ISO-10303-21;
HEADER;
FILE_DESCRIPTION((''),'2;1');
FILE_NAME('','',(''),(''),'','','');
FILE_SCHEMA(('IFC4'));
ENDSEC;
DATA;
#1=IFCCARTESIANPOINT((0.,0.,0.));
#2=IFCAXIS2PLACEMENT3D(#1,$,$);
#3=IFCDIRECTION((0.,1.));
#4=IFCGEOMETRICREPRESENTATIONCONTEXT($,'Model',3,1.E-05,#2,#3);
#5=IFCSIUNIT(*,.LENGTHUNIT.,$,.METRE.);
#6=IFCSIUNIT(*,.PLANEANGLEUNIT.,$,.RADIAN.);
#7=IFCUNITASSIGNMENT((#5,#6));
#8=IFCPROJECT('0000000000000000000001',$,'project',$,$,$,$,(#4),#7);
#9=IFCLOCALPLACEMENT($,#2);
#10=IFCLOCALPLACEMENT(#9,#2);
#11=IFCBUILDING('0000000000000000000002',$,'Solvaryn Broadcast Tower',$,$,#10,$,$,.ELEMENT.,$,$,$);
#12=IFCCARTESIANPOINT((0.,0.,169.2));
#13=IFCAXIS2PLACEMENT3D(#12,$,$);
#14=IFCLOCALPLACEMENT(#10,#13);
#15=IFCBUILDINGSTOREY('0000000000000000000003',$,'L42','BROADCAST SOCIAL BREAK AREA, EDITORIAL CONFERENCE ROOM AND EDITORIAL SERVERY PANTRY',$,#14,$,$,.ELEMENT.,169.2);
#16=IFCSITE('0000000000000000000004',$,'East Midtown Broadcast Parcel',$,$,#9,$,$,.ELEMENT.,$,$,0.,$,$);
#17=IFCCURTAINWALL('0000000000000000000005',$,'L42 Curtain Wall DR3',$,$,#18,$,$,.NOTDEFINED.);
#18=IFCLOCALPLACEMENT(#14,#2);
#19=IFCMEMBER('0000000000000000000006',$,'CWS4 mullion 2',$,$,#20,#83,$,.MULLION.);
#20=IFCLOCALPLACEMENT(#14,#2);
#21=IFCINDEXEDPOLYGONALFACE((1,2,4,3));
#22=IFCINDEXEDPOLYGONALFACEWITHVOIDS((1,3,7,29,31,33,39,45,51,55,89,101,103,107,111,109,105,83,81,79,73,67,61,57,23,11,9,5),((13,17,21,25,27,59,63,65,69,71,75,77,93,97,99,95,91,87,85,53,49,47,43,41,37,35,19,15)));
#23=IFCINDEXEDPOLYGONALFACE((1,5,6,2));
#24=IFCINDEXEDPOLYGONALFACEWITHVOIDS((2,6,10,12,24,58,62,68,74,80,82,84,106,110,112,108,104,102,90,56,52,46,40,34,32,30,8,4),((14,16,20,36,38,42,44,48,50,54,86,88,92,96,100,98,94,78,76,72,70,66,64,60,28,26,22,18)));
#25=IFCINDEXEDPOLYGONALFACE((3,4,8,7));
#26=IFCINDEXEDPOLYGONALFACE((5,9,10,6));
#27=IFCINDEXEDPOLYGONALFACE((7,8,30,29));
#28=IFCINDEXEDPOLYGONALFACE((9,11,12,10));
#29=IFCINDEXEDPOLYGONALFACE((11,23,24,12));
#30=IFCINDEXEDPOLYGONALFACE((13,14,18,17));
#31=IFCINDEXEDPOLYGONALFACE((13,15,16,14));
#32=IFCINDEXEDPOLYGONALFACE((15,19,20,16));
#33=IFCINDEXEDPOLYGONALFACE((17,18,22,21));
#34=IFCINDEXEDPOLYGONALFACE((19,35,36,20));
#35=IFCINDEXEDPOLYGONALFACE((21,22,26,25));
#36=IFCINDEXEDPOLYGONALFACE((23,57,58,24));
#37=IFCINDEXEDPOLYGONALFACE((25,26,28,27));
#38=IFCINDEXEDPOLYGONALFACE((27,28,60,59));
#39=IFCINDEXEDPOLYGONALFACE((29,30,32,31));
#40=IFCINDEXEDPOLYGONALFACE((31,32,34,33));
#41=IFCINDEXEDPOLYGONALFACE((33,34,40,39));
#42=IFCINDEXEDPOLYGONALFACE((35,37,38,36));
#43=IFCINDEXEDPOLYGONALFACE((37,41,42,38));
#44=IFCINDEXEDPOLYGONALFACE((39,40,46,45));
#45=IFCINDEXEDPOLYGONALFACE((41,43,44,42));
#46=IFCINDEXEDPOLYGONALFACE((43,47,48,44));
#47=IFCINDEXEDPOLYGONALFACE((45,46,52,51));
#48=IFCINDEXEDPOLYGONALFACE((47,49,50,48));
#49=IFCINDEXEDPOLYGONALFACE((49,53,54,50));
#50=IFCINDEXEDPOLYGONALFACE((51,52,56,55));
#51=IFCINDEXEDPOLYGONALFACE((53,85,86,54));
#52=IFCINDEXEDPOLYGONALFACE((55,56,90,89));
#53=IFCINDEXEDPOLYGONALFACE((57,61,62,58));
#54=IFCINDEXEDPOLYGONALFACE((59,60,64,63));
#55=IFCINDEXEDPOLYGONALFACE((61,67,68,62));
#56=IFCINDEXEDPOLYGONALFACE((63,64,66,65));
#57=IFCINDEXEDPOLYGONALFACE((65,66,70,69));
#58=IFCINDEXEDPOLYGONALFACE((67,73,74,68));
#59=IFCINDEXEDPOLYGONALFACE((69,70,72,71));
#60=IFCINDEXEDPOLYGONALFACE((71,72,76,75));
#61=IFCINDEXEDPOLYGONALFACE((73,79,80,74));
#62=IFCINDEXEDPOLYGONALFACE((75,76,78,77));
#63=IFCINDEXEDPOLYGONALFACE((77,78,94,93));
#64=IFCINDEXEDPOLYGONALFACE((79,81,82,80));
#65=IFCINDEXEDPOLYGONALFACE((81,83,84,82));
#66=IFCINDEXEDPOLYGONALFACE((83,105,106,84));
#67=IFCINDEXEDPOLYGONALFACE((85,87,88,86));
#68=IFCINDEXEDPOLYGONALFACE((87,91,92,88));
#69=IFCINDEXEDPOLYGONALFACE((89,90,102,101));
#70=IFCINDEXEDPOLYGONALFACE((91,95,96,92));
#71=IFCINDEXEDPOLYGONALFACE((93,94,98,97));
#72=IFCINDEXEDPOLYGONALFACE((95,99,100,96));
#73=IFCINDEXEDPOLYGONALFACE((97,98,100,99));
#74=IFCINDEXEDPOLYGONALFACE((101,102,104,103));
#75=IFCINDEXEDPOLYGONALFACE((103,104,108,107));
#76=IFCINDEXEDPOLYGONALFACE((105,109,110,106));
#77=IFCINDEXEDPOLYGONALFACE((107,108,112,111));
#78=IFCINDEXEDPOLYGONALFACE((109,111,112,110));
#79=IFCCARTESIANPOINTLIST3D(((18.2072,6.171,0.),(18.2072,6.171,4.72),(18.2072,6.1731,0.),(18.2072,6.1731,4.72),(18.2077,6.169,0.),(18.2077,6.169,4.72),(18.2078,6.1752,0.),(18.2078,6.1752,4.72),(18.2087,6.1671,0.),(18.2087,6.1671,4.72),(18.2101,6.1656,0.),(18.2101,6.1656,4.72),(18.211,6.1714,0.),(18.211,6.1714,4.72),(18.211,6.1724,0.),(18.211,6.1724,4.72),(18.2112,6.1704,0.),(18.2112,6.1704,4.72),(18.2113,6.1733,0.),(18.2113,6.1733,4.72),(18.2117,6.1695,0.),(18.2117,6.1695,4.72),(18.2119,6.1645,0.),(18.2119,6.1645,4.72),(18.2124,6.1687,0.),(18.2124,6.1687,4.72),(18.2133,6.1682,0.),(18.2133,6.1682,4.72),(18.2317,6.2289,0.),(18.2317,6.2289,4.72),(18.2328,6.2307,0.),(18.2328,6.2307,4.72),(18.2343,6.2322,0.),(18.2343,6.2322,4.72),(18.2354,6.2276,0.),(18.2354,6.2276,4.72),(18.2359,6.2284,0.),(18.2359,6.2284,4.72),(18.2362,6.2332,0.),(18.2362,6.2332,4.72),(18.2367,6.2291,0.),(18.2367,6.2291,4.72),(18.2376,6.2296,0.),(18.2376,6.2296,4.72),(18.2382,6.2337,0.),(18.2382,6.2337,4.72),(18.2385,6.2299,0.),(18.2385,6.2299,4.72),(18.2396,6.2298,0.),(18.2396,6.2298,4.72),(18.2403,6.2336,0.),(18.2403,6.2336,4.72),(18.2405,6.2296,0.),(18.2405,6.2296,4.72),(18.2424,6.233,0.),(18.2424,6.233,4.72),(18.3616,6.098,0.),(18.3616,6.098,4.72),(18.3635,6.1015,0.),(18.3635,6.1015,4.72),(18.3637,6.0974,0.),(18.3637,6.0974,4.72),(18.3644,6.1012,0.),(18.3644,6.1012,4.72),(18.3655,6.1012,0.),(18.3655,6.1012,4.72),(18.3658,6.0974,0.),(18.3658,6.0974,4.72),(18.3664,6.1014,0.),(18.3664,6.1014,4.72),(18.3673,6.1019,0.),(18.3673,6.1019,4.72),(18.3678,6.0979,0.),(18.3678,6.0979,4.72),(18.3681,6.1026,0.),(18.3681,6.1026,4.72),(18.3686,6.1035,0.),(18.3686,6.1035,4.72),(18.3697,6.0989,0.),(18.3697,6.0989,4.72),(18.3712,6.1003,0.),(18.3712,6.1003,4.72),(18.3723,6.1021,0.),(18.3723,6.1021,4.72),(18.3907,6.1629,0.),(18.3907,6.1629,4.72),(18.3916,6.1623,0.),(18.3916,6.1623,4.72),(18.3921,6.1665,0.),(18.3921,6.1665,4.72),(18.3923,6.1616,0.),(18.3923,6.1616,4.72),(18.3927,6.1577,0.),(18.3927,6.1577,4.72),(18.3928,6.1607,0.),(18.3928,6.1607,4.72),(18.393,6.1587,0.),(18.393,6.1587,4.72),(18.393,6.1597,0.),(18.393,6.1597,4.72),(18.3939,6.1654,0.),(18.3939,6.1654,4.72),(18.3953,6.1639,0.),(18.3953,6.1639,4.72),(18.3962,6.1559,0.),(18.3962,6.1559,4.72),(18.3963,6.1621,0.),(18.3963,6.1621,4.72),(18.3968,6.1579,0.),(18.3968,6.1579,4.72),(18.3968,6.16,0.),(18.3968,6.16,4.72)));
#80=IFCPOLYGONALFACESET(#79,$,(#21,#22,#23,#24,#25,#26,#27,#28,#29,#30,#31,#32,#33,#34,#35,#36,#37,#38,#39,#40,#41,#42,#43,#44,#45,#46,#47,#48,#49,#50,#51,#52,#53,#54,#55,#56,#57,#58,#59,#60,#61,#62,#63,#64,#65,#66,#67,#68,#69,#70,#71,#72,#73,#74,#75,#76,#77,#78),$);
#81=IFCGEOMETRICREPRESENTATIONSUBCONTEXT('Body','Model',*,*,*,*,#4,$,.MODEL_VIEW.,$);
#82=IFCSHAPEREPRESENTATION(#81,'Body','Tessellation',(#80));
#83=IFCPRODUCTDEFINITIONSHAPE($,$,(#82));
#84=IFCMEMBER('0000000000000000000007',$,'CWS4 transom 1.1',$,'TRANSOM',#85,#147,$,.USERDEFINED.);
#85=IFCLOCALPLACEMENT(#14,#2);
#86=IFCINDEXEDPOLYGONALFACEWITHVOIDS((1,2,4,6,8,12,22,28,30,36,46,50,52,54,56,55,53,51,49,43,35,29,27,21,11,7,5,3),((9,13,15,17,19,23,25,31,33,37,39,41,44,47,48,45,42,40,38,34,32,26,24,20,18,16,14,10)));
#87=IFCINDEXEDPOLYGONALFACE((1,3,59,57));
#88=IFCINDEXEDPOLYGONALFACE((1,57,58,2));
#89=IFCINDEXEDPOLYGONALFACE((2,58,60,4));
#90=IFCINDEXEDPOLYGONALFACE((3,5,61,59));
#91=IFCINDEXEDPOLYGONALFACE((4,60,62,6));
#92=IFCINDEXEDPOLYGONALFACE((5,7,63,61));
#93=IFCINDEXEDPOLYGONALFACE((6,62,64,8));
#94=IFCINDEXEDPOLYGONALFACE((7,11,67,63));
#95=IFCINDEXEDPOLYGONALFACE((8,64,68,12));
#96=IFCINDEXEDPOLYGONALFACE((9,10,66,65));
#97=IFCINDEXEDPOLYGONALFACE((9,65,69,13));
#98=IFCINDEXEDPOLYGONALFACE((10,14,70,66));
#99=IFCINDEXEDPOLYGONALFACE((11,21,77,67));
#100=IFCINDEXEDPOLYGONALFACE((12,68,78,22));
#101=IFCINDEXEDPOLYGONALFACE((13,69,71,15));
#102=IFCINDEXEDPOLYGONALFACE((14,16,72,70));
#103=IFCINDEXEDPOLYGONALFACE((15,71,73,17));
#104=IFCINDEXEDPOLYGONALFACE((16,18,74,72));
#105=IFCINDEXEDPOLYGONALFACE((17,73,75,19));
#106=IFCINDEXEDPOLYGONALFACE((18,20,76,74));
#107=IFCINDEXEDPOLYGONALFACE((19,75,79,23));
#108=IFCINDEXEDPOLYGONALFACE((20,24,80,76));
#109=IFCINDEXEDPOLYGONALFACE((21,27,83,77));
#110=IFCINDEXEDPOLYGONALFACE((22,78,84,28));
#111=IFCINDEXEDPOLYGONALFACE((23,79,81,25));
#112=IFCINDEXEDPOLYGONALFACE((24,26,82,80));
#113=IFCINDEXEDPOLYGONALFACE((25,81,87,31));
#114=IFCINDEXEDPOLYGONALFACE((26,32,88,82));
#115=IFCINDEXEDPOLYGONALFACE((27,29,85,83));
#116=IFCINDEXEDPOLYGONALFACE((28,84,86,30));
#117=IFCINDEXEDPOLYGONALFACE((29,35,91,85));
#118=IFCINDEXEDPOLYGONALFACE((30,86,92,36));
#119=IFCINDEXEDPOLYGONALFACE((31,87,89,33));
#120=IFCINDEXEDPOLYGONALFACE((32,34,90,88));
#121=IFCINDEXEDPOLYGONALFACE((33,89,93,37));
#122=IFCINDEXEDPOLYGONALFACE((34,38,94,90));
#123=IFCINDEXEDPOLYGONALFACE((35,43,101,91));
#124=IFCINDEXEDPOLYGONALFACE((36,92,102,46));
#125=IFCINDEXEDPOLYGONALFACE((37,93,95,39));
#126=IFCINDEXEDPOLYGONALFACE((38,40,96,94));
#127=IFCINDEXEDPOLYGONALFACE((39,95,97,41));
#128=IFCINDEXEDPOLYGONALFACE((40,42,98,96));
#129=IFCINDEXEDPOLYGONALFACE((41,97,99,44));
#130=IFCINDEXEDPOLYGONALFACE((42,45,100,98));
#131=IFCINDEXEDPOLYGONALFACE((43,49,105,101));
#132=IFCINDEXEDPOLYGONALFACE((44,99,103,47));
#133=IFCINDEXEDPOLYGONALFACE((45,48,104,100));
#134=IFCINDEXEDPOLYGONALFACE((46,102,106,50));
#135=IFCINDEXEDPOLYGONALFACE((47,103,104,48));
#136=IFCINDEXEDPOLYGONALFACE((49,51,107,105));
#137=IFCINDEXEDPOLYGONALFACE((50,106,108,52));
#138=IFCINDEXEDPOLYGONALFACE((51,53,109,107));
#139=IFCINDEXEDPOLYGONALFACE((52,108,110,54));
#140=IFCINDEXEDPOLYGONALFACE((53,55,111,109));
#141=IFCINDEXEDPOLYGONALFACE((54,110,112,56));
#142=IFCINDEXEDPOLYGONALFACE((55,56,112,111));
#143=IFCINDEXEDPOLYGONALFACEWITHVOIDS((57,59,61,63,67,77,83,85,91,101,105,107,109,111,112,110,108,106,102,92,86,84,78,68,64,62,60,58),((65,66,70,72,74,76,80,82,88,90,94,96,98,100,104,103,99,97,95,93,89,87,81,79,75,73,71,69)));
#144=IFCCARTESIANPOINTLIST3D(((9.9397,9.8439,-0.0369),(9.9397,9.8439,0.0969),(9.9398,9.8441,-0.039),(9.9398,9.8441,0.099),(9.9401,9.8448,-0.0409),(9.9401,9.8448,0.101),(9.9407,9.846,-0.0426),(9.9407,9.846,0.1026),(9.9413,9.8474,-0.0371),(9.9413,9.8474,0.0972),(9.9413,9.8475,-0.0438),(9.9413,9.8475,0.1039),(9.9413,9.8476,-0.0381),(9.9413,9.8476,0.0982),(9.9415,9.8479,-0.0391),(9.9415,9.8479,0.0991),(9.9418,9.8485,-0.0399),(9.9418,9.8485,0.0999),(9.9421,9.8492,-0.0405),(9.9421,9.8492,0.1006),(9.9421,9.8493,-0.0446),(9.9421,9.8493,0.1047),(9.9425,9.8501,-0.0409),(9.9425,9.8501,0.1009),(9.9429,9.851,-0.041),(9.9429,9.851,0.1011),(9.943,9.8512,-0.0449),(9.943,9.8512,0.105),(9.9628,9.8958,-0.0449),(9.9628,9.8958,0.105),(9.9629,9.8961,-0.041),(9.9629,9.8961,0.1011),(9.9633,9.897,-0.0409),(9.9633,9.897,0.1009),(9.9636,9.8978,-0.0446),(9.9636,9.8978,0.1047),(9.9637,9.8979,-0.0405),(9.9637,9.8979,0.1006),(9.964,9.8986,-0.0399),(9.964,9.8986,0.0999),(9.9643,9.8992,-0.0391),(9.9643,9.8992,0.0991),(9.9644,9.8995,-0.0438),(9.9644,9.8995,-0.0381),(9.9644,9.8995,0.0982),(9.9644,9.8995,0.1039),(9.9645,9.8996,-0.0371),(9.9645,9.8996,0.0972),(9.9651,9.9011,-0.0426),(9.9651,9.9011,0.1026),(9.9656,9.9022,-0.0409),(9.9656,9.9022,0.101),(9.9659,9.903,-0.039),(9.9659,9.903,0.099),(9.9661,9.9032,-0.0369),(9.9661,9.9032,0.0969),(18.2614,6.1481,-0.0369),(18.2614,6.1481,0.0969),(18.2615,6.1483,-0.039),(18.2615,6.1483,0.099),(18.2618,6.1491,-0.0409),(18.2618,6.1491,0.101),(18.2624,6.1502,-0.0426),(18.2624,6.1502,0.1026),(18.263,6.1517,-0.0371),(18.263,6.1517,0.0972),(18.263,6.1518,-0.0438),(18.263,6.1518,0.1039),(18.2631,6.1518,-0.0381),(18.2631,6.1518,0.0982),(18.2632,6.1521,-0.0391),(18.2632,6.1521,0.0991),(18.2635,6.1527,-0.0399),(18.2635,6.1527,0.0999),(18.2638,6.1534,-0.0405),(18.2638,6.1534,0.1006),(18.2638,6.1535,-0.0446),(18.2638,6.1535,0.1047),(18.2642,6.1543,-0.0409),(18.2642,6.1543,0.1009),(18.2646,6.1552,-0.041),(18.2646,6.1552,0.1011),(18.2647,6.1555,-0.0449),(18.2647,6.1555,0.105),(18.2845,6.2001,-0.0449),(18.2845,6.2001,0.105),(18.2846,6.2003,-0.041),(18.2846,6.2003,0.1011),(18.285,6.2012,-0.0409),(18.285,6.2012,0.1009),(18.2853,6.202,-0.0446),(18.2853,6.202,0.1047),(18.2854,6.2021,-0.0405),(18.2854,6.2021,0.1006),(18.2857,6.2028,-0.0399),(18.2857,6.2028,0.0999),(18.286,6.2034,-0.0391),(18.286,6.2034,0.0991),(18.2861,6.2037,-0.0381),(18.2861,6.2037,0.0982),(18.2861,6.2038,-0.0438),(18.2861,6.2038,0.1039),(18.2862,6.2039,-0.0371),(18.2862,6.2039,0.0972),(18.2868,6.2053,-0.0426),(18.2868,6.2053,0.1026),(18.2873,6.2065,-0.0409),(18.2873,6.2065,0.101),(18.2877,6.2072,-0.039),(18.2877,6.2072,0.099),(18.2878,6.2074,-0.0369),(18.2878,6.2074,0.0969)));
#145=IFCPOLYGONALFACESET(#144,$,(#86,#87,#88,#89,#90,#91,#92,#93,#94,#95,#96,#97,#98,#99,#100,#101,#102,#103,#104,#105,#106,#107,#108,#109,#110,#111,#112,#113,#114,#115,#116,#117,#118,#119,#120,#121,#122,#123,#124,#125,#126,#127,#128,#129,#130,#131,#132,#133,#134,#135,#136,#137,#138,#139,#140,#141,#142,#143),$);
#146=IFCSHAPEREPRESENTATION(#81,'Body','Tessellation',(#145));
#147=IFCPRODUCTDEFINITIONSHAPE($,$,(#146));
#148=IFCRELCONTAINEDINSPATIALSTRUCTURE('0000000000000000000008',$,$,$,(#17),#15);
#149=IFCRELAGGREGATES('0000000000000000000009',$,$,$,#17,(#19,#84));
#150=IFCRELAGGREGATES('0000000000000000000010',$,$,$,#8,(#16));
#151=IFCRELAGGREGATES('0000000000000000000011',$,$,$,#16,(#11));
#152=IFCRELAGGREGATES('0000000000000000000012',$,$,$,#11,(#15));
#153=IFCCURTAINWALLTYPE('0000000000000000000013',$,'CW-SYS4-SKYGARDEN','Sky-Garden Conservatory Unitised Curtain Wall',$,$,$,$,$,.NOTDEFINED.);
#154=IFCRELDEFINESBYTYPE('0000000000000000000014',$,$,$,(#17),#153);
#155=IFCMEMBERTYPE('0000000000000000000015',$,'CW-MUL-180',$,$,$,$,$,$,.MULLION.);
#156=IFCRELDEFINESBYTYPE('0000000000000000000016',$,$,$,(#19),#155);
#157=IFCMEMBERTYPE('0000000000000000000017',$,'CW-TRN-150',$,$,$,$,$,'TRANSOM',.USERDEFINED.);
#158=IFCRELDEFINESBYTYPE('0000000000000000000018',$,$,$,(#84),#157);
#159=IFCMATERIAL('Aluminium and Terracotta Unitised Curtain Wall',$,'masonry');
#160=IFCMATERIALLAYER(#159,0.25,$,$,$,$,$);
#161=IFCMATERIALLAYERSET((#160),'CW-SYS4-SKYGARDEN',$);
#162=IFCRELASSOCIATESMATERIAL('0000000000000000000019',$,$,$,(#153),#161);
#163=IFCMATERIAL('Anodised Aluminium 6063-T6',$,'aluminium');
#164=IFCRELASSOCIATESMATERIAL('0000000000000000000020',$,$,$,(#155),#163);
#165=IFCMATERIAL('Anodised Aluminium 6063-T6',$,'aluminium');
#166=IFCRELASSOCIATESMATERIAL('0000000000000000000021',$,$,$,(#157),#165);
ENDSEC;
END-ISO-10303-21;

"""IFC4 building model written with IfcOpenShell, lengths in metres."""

from ifc_helpers import new_model, si_unit, direction, frame, origin, origin_2d, place, context, subcontext, project, spatial, hollow_rectangle, extrude, material, layer, layer_set, material_profile, profile_set, type_object, element, aggregate, save


model = new_model("IFC4")

# Units and contexts
model_context = context("Model", 3, precision=1e-05, world=origin(), true_north=direction((0.0, 1.0)))
body_context = subcontext(model_context, "Body", "Model", "MODEL_VIEW")
ifc_project = project(units=[si_unit("LENGTHUNIT", "METRE"), si_unit("PLANEANGLEUNIT", "RADIAN")], contexts=[model_context])

# Site, building, storey
site_placement = place(None, origin())
site = spatial("IfcSite", under=ifc_project, at=site_placement, Name="East Midtown Broadcast Parcel", CompositionType="ELEMENT", RefElevation=0.0)
building_placement = place(site_placement, origin())
building = spatial("IfcBuilding", under=site, at=building_placement, Name="Solvaryn Broadcast Tower", CompositionType="ELEMENT")
storey_placement = place(building_placement, frame((0.0, 0.0, 169.2)))
storey = spatial("IfcBuildingStorey", under=building, at=storey_placement, Name="L42", Description="BROADCAST SOCIAL BREAK AREA, EDITORIAL CONFERENCE ROOM AND EDITORIAL SERVERY PANTRY", CompositionType="ELEMENT", Elevation=169.2)

# Shared definitions
ifc_material_1 = material(Name="Aluminium and Terracotta Unitised Curtain Wall", Category="masonry")
ifc_layer_1 = layer(ifc_material_1, 0.25)
ifc_layer_set_1 = layer_set([ifc_layer_1], Name="CW-SYS4-SKYGARDEN")
curtain_wall_type = type_object("IfcCurtainWallType", Name="CW-SYS4-SKYGARDEN", Description="Sky-Garden Conservatory Unitised Curtain Wall", PredefinedType="NOTDEFINED", material=ifc_layer_set_1)
ifc_material_2 = material(Name="Anodised Aluminium 6063-T6", Category="aluminium")
ifc_material_profile_1 = material_profile(ifc_material_2, hollow_rectangle(XDim=0.075, YDim=0.1799, WallThickness=0.0039, InnerFilletRadius=0.0039, OuterFilletRadius=0.0081, at=origin_2d()))
ifc_profile_set_1 = profile_set([ifc_material_profile_1], Name="Anodised Aluminium 6063-T6")
member_type_1 = type_object("IfcMemberType", Name="CW-MUL-180", PredefinedType="MULLION", material=ifc_profile_set_1)

# Curtain wall, members
curtain_wall_1_placement = place(storey_placement, origin())
curtain_wall_1 = element("IfcCurtainWall", 1, at=curtain_wall_1_placement, inside=storey, type_object=curtain_wall_type, Name="L42 Curtain Wall DR3", PredefinedType="NOTDEFINED")
member_1_placement = place(storey_placement, frame((18.302, 6.1655, 0.0), z_axis=(0.0, 0.0, 1.0), x_axis=(0.405901, 0.913917, 0.0)))
member_1 = element("IfcMember", 2, at=member_1_placement, type_object=member_type_1, Name="CWS4 mullion 2", PredefinedType="MULLION", context=body_context, shape_type="SweptSolid", body=[
    extrude(hollow_rectangle(XDim=0.075, YDim=0.1799, WallThickness=0.0039, InnerFilletRadius=0.0039, OuterFilletRadius=0.0081, at=origin_2d()), origin(), (0.0, 0.0, 1.0), 4.72),
])
ifc_material_3 = material(Name="Anodised Aluminium 6063-T6", Category="aluminium")
ifc_material_profile_2 = material_profile(ifc_material_3, hollow_rectangle(XDim=0.0649, YDim=0.1499, WallThickness=0.0039, InnerFilletRadius=0.0039, OuterFilletRadius=0.0081, at=origin_2d()))
ifc_profile_set_2 = profile_set([ifc_material_profile_2], Name="Anodised Aluminium 6063-T6")
member_type_2 = type_object("IfcMemberType", Name="CW-TRN-150", ElementType="TRANSOM", PredefinedType="USERDEFINED", material=ifc_profile_set_2)
member_2_placement = place(storey_placement, frame((9.9529, 9.8735, 0.03), z_axis=(0.913924, -0.405885, 0.0), x_axis=(0.405885, 0.913924, 0.0)))
member_2 = element("IfcMember", 3, at=member_2_placement, type_object=member_type_2, Name="CWS4 transom 1.1", ObjectType="TRANSOM", PredefinedType="USERDEFINED", context=body_context, shape_type="SweptSolid", body=[
    extrude(hollow_rectangle(XDim=0.0649, YDim=0.1499, WallThickness=0.0039, InnerFilletRadius=0.0039, OuterFilletRadius=0.0081, at=origin_2d()), origin(), (0.0, 0.0, 1.0), 9.1055),
])

aggregate(curtain_wall_1, [member_1, member_2])

save(model, "model.ifc")
